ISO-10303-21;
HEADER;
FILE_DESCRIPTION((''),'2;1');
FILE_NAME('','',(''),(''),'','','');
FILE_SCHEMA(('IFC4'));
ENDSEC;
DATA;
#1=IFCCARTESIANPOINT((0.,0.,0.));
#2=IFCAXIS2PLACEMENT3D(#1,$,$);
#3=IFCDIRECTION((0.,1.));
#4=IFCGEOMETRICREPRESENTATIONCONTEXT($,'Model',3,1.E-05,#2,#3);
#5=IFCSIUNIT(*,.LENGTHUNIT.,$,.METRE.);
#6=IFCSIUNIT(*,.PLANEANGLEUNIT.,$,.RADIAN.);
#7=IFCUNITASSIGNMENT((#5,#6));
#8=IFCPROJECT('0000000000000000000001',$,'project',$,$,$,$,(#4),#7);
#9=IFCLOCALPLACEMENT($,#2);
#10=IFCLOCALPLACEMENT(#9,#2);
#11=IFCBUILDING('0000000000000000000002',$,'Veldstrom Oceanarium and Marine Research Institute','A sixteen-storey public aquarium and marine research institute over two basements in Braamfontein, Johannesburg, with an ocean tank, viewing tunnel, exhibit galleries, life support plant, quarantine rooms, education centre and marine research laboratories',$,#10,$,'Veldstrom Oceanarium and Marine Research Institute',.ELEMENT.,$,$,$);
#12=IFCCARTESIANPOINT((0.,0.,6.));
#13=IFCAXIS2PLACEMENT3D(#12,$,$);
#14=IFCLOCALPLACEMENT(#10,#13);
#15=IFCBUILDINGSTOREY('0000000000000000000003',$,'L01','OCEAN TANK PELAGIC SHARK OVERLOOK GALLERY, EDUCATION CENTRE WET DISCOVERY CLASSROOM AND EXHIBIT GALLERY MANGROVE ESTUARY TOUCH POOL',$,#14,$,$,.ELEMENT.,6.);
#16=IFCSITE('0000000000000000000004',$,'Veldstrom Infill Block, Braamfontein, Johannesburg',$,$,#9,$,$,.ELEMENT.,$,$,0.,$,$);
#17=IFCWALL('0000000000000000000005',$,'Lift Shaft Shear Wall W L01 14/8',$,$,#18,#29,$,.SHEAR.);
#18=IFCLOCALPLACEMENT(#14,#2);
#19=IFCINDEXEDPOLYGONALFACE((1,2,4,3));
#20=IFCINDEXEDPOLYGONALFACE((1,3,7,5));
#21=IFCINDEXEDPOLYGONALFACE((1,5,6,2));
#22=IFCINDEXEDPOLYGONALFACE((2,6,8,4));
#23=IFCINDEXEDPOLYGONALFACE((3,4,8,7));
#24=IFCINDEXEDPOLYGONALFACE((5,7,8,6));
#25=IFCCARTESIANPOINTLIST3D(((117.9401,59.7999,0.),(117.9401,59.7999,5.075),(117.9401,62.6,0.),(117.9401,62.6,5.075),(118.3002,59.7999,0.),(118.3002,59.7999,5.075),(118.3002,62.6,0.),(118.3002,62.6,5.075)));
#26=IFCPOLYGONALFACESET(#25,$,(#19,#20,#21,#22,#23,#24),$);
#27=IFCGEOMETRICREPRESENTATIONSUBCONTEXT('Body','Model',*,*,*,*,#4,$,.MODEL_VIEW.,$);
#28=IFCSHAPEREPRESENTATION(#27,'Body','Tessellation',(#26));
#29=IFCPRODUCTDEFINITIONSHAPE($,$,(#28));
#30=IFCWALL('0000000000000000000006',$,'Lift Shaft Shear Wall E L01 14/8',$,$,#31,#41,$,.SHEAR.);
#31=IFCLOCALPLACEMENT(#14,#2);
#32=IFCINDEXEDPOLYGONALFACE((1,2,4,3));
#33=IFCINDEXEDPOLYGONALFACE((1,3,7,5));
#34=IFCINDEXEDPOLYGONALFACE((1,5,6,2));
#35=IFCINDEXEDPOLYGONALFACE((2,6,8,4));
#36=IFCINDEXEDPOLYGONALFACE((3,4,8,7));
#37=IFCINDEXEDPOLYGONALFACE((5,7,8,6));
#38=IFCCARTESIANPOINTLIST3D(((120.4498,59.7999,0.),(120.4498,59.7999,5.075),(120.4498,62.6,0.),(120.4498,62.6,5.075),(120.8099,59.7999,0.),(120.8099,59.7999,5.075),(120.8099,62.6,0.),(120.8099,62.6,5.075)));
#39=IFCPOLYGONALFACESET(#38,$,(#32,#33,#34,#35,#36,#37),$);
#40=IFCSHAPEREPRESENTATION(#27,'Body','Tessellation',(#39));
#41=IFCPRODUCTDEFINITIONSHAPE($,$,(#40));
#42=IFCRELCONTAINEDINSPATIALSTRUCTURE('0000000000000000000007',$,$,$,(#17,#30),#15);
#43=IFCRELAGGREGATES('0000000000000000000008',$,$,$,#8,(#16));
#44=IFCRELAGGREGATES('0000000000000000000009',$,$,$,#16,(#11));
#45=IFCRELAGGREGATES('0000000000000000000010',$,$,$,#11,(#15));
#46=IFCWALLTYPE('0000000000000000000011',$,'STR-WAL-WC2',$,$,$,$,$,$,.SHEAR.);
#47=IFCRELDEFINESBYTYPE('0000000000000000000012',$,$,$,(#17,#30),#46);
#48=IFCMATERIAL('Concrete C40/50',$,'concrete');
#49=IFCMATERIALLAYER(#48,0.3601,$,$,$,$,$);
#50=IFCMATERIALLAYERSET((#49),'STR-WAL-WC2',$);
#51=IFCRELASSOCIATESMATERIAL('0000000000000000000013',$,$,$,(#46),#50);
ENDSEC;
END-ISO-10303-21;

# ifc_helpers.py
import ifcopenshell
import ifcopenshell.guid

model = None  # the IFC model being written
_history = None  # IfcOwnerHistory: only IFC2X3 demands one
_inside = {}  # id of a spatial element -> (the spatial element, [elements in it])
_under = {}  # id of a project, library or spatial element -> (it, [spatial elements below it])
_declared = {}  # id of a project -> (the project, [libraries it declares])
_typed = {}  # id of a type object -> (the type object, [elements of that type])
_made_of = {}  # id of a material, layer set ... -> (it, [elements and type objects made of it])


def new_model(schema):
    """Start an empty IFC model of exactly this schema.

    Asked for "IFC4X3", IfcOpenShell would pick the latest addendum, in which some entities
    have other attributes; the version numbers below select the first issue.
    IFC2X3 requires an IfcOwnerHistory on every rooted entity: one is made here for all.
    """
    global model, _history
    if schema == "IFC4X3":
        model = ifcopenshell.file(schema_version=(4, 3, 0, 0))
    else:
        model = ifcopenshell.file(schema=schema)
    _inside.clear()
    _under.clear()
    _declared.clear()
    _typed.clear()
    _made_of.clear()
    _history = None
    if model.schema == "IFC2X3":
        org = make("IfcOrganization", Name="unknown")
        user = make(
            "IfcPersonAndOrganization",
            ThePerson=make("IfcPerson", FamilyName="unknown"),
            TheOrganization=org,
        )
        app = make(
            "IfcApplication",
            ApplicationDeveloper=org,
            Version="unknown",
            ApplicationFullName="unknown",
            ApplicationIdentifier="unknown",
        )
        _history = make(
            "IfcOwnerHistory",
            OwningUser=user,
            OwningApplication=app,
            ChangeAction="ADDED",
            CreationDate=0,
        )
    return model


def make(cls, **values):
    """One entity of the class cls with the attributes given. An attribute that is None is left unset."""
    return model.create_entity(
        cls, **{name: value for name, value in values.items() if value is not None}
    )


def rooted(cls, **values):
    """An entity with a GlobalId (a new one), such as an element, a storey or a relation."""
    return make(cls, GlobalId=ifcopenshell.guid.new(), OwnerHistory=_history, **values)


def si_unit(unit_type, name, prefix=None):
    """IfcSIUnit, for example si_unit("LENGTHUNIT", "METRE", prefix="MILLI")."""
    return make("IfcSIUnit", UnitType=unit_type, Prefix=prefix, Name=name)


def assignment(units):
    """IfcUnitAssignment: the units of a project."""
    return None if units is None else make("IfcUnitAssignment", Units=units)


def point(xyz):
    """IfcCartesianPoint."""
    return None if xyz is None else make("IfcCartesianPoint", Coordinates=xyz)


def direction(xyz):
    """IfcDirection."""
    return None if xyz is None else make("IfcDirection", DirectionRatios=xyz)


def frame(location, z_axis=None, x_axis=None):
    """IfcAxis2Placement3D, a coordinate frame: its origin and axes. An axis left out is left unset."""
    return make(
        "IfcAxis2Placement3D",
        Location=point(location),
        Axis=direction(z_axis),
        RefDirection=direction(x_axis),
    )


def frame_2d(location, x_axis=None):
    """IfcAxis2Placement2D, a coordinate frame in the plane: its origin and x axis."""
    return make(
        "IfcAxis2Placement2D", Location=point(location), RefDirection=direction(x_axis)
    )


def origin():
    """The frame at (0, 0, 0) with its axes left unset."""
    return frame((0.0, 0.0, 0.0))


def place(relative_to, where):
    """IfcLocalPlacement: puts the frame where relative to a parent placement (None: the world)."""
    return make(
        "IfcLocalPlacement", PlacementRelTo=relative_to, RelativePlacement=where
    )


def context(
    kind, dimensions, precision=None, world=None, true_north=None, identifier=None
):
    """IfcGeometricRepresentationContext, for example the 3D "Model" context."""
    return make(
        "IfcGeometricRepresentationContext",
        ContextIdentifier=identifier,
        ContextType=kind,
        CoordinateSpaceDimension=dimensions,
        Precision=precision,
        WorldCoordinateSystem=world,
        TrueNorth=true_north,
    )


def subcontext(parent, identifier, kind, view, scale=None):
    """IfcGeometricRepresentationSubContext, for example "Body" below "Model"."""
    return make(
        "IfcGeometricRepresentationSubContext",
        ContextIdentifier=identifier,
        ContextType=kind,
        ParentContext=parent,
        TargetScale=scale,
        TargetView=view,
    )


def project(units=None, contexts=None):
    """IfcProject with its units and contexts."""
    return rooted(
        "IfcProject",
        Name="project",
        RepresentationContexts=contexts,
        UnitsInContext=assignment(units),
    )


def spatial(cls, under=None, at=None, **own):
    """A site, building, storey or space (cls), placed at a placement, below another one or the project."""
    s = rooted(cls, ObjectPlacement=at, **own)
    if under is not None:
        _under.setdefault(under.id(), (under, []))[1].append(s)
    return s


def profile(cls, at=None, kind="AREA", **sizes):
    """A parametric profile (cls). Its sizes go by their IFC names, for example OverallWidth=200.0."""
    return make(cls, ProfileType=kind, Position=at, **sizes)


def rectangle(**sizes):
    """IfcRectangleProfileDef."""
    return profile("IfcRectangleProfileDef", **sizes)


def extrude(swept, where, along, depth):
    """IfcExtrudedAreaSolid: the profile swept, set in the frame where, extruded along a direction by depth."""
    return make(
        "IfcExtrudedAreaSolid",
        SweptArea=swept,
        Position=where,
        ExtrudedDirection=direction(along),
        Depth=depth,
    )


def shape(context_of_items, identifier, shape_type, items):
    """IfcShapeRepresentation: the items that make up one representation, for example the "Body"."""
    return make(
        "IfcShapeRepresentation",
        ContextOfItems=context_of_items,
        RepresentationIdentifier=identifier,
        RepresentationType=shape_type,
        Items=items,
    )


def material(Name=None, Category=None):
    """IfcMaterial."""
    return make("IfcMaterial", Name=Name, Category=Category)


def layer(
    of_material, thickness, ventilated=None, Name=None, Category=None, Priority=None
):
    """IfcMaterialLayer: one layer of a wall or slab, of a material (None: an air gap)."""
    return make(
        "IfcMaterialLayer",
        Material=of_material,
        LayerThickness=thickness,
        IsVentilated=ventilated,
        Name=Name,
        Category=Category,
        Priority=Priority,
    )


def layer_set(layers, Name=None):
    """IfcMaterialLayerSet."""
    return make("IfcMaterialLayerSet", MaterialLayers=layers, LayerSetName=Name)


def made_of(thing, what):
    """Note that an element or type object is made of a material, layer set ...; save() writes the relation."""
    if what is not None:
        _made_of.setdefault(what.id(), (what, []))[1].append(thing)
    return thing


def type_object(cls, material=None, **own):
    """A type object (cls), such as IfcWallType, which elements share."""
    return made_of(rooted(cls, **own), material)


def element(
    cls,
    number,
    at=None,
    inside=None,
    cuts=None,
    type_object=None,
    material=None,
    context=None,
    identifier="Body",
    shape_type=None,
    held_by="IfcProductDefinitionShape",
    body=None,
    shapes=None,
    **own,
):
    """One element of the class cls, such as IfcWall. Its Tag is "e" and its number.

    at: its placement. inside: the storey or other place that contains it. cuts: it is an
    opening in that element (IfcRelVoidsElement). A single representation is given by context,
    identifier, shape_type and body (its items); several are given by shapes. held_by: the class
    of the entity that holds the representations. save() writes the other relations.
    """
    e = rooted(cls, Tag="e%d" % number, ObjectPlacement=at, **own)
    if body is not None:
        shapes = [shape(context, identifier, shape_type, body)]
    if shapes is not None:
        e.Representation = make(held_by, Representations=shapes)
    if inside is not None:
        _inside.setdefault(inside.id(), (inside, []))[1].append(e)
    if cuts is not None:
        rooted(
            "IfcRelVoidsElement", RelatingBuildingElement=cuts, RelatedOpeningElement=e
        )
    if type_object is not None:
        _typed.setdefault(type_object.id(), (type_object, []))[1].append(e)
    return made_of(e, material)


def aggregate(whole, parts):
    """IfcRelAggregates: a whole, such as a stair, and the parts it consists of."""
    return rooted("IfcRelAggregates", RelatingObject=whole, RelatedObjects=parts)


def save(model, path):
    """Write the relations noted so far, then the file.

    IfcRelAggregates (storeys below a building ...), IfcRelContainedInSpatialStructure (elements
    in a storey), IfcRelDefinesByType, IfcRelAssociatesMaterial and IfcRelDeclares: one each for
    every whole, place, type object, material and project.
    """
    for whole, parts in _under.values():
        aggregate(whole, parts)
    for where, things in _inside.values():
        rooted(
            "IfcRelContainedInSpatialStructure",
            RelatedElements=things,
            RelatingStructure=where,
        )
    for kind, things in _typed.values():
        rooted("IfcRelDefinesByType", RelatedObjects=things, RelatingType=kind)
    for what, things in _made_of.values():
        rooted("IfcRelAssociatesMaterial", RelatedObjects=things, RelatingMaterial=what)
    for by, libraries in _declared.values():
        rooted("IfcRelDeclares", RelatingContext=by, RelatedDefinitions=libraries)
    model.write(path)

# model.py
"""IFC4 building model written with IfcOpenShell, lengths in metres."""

from ifc_helpers import new_model, si_unit, direction, frame, frame_2d, origin, place, context, subcontext, project, spatial, rectangle, extrude, material, layer, layer_set, type_object, element, save


model = new_model("IFC4")

# Units and contexts
model_context = context("Model", 3, precision=1e-05, world=origin(), true_north=direction((0.0, 1.0)))
body_context = subcontext(model_context, "Body", "Model", "MODEL_VIEW")
ifc_project = project(units=[si_unit("LENGTHUNIT", "METRE"), si_unit("PLANEANGLEUNIT", "RADIAN")], contexts=[model_context])

# Site, building, storey
site_placement = place(None, origin())
site = spatial("IfcSite", under=ifc_project, at=site_placement, Name="Veldstrom Infill Block, Braamfontein, Johannesburg", CompositionType="ELEMENT", RefElevation=0.0)
building_placement = place(site_placement, origin())
building = spatial("IfcBuilding", under=site, at=building_placement, Name="Veldstrom Oceanarium and Marine Research Institute", Description="A sixteen-storey public aquarium and marine research institute over two basements in Braamfontein, Johannesburg, with an ocean tank, viewing tunnel, exhibit galleries, life support plant, quarantine rooms, education centre and marine research laboratories", LongName="Veldstrom Oceanarium and Marine Research Institute", CompositionType="ELEMENT")
storey_placement = place(building_placement, frame((0.0, 0.0, 6.0)))
storey = spatial("IfcBuildingStorey", under=building, at=storey_placement, Name="L01", Description="OCEAN TANK PELAGIC SHARK OVERLOOK GALLERY, EDUCATION CENTRE WET DISCOVERY CLASSROOM AND EXHIBIT GALLERY MANGROVE ESTUARY TOUCH POOL", CompositionType="ELEMENT", Elevation=6.0)

# Shared definitions
ifc_material_1 = material(Name="Concrete C40/50", Category="concrete")
ifc_layer_1 = layer(ifc_material_1, 0.3601)
ifc_layer_set_1 = layer_set([ifc_layer_1], Name="STR-WAL-WC2")
wall_type_1 = type_object("IfcWallType", Name="STR-WAL-WC2", PredefinedType="SHEAR", material=ifc_layer_set_1)

# Walls
for number, where, z_axis, x_axis, name in (
    (1, (118.1201, 59.8, 0.0), (0.0, 0.0, 1.0), (0.0, 1.0, 0.0), "Lift Shaft Shear Wall W L01 14/8"),
    (2, (120.6299, 59.8, 0.0), (0.0, 0.0, 1.0), (0.0, 1.0, 0.0), "Lift Shaft Shear Wall E L01 14/8"),
):
    element("IfcWall", number, at=place(storey_placement, frame(where, z_axis=z_axis, x_axis=x_axis)), inside=storey, type_object=wall_type_1, Name=name, PredefinedType="SHEAR", context=body_context, shape_type="SweptSolid", body=[
        extrude(rectangle(XDim=2.8, YDim=0.3601, at=frame_2d((1.3999, 0.0))), origin(), (0.0, 0.0, 1.0), 5.075),
    ])

save(model, "model.ifc")
